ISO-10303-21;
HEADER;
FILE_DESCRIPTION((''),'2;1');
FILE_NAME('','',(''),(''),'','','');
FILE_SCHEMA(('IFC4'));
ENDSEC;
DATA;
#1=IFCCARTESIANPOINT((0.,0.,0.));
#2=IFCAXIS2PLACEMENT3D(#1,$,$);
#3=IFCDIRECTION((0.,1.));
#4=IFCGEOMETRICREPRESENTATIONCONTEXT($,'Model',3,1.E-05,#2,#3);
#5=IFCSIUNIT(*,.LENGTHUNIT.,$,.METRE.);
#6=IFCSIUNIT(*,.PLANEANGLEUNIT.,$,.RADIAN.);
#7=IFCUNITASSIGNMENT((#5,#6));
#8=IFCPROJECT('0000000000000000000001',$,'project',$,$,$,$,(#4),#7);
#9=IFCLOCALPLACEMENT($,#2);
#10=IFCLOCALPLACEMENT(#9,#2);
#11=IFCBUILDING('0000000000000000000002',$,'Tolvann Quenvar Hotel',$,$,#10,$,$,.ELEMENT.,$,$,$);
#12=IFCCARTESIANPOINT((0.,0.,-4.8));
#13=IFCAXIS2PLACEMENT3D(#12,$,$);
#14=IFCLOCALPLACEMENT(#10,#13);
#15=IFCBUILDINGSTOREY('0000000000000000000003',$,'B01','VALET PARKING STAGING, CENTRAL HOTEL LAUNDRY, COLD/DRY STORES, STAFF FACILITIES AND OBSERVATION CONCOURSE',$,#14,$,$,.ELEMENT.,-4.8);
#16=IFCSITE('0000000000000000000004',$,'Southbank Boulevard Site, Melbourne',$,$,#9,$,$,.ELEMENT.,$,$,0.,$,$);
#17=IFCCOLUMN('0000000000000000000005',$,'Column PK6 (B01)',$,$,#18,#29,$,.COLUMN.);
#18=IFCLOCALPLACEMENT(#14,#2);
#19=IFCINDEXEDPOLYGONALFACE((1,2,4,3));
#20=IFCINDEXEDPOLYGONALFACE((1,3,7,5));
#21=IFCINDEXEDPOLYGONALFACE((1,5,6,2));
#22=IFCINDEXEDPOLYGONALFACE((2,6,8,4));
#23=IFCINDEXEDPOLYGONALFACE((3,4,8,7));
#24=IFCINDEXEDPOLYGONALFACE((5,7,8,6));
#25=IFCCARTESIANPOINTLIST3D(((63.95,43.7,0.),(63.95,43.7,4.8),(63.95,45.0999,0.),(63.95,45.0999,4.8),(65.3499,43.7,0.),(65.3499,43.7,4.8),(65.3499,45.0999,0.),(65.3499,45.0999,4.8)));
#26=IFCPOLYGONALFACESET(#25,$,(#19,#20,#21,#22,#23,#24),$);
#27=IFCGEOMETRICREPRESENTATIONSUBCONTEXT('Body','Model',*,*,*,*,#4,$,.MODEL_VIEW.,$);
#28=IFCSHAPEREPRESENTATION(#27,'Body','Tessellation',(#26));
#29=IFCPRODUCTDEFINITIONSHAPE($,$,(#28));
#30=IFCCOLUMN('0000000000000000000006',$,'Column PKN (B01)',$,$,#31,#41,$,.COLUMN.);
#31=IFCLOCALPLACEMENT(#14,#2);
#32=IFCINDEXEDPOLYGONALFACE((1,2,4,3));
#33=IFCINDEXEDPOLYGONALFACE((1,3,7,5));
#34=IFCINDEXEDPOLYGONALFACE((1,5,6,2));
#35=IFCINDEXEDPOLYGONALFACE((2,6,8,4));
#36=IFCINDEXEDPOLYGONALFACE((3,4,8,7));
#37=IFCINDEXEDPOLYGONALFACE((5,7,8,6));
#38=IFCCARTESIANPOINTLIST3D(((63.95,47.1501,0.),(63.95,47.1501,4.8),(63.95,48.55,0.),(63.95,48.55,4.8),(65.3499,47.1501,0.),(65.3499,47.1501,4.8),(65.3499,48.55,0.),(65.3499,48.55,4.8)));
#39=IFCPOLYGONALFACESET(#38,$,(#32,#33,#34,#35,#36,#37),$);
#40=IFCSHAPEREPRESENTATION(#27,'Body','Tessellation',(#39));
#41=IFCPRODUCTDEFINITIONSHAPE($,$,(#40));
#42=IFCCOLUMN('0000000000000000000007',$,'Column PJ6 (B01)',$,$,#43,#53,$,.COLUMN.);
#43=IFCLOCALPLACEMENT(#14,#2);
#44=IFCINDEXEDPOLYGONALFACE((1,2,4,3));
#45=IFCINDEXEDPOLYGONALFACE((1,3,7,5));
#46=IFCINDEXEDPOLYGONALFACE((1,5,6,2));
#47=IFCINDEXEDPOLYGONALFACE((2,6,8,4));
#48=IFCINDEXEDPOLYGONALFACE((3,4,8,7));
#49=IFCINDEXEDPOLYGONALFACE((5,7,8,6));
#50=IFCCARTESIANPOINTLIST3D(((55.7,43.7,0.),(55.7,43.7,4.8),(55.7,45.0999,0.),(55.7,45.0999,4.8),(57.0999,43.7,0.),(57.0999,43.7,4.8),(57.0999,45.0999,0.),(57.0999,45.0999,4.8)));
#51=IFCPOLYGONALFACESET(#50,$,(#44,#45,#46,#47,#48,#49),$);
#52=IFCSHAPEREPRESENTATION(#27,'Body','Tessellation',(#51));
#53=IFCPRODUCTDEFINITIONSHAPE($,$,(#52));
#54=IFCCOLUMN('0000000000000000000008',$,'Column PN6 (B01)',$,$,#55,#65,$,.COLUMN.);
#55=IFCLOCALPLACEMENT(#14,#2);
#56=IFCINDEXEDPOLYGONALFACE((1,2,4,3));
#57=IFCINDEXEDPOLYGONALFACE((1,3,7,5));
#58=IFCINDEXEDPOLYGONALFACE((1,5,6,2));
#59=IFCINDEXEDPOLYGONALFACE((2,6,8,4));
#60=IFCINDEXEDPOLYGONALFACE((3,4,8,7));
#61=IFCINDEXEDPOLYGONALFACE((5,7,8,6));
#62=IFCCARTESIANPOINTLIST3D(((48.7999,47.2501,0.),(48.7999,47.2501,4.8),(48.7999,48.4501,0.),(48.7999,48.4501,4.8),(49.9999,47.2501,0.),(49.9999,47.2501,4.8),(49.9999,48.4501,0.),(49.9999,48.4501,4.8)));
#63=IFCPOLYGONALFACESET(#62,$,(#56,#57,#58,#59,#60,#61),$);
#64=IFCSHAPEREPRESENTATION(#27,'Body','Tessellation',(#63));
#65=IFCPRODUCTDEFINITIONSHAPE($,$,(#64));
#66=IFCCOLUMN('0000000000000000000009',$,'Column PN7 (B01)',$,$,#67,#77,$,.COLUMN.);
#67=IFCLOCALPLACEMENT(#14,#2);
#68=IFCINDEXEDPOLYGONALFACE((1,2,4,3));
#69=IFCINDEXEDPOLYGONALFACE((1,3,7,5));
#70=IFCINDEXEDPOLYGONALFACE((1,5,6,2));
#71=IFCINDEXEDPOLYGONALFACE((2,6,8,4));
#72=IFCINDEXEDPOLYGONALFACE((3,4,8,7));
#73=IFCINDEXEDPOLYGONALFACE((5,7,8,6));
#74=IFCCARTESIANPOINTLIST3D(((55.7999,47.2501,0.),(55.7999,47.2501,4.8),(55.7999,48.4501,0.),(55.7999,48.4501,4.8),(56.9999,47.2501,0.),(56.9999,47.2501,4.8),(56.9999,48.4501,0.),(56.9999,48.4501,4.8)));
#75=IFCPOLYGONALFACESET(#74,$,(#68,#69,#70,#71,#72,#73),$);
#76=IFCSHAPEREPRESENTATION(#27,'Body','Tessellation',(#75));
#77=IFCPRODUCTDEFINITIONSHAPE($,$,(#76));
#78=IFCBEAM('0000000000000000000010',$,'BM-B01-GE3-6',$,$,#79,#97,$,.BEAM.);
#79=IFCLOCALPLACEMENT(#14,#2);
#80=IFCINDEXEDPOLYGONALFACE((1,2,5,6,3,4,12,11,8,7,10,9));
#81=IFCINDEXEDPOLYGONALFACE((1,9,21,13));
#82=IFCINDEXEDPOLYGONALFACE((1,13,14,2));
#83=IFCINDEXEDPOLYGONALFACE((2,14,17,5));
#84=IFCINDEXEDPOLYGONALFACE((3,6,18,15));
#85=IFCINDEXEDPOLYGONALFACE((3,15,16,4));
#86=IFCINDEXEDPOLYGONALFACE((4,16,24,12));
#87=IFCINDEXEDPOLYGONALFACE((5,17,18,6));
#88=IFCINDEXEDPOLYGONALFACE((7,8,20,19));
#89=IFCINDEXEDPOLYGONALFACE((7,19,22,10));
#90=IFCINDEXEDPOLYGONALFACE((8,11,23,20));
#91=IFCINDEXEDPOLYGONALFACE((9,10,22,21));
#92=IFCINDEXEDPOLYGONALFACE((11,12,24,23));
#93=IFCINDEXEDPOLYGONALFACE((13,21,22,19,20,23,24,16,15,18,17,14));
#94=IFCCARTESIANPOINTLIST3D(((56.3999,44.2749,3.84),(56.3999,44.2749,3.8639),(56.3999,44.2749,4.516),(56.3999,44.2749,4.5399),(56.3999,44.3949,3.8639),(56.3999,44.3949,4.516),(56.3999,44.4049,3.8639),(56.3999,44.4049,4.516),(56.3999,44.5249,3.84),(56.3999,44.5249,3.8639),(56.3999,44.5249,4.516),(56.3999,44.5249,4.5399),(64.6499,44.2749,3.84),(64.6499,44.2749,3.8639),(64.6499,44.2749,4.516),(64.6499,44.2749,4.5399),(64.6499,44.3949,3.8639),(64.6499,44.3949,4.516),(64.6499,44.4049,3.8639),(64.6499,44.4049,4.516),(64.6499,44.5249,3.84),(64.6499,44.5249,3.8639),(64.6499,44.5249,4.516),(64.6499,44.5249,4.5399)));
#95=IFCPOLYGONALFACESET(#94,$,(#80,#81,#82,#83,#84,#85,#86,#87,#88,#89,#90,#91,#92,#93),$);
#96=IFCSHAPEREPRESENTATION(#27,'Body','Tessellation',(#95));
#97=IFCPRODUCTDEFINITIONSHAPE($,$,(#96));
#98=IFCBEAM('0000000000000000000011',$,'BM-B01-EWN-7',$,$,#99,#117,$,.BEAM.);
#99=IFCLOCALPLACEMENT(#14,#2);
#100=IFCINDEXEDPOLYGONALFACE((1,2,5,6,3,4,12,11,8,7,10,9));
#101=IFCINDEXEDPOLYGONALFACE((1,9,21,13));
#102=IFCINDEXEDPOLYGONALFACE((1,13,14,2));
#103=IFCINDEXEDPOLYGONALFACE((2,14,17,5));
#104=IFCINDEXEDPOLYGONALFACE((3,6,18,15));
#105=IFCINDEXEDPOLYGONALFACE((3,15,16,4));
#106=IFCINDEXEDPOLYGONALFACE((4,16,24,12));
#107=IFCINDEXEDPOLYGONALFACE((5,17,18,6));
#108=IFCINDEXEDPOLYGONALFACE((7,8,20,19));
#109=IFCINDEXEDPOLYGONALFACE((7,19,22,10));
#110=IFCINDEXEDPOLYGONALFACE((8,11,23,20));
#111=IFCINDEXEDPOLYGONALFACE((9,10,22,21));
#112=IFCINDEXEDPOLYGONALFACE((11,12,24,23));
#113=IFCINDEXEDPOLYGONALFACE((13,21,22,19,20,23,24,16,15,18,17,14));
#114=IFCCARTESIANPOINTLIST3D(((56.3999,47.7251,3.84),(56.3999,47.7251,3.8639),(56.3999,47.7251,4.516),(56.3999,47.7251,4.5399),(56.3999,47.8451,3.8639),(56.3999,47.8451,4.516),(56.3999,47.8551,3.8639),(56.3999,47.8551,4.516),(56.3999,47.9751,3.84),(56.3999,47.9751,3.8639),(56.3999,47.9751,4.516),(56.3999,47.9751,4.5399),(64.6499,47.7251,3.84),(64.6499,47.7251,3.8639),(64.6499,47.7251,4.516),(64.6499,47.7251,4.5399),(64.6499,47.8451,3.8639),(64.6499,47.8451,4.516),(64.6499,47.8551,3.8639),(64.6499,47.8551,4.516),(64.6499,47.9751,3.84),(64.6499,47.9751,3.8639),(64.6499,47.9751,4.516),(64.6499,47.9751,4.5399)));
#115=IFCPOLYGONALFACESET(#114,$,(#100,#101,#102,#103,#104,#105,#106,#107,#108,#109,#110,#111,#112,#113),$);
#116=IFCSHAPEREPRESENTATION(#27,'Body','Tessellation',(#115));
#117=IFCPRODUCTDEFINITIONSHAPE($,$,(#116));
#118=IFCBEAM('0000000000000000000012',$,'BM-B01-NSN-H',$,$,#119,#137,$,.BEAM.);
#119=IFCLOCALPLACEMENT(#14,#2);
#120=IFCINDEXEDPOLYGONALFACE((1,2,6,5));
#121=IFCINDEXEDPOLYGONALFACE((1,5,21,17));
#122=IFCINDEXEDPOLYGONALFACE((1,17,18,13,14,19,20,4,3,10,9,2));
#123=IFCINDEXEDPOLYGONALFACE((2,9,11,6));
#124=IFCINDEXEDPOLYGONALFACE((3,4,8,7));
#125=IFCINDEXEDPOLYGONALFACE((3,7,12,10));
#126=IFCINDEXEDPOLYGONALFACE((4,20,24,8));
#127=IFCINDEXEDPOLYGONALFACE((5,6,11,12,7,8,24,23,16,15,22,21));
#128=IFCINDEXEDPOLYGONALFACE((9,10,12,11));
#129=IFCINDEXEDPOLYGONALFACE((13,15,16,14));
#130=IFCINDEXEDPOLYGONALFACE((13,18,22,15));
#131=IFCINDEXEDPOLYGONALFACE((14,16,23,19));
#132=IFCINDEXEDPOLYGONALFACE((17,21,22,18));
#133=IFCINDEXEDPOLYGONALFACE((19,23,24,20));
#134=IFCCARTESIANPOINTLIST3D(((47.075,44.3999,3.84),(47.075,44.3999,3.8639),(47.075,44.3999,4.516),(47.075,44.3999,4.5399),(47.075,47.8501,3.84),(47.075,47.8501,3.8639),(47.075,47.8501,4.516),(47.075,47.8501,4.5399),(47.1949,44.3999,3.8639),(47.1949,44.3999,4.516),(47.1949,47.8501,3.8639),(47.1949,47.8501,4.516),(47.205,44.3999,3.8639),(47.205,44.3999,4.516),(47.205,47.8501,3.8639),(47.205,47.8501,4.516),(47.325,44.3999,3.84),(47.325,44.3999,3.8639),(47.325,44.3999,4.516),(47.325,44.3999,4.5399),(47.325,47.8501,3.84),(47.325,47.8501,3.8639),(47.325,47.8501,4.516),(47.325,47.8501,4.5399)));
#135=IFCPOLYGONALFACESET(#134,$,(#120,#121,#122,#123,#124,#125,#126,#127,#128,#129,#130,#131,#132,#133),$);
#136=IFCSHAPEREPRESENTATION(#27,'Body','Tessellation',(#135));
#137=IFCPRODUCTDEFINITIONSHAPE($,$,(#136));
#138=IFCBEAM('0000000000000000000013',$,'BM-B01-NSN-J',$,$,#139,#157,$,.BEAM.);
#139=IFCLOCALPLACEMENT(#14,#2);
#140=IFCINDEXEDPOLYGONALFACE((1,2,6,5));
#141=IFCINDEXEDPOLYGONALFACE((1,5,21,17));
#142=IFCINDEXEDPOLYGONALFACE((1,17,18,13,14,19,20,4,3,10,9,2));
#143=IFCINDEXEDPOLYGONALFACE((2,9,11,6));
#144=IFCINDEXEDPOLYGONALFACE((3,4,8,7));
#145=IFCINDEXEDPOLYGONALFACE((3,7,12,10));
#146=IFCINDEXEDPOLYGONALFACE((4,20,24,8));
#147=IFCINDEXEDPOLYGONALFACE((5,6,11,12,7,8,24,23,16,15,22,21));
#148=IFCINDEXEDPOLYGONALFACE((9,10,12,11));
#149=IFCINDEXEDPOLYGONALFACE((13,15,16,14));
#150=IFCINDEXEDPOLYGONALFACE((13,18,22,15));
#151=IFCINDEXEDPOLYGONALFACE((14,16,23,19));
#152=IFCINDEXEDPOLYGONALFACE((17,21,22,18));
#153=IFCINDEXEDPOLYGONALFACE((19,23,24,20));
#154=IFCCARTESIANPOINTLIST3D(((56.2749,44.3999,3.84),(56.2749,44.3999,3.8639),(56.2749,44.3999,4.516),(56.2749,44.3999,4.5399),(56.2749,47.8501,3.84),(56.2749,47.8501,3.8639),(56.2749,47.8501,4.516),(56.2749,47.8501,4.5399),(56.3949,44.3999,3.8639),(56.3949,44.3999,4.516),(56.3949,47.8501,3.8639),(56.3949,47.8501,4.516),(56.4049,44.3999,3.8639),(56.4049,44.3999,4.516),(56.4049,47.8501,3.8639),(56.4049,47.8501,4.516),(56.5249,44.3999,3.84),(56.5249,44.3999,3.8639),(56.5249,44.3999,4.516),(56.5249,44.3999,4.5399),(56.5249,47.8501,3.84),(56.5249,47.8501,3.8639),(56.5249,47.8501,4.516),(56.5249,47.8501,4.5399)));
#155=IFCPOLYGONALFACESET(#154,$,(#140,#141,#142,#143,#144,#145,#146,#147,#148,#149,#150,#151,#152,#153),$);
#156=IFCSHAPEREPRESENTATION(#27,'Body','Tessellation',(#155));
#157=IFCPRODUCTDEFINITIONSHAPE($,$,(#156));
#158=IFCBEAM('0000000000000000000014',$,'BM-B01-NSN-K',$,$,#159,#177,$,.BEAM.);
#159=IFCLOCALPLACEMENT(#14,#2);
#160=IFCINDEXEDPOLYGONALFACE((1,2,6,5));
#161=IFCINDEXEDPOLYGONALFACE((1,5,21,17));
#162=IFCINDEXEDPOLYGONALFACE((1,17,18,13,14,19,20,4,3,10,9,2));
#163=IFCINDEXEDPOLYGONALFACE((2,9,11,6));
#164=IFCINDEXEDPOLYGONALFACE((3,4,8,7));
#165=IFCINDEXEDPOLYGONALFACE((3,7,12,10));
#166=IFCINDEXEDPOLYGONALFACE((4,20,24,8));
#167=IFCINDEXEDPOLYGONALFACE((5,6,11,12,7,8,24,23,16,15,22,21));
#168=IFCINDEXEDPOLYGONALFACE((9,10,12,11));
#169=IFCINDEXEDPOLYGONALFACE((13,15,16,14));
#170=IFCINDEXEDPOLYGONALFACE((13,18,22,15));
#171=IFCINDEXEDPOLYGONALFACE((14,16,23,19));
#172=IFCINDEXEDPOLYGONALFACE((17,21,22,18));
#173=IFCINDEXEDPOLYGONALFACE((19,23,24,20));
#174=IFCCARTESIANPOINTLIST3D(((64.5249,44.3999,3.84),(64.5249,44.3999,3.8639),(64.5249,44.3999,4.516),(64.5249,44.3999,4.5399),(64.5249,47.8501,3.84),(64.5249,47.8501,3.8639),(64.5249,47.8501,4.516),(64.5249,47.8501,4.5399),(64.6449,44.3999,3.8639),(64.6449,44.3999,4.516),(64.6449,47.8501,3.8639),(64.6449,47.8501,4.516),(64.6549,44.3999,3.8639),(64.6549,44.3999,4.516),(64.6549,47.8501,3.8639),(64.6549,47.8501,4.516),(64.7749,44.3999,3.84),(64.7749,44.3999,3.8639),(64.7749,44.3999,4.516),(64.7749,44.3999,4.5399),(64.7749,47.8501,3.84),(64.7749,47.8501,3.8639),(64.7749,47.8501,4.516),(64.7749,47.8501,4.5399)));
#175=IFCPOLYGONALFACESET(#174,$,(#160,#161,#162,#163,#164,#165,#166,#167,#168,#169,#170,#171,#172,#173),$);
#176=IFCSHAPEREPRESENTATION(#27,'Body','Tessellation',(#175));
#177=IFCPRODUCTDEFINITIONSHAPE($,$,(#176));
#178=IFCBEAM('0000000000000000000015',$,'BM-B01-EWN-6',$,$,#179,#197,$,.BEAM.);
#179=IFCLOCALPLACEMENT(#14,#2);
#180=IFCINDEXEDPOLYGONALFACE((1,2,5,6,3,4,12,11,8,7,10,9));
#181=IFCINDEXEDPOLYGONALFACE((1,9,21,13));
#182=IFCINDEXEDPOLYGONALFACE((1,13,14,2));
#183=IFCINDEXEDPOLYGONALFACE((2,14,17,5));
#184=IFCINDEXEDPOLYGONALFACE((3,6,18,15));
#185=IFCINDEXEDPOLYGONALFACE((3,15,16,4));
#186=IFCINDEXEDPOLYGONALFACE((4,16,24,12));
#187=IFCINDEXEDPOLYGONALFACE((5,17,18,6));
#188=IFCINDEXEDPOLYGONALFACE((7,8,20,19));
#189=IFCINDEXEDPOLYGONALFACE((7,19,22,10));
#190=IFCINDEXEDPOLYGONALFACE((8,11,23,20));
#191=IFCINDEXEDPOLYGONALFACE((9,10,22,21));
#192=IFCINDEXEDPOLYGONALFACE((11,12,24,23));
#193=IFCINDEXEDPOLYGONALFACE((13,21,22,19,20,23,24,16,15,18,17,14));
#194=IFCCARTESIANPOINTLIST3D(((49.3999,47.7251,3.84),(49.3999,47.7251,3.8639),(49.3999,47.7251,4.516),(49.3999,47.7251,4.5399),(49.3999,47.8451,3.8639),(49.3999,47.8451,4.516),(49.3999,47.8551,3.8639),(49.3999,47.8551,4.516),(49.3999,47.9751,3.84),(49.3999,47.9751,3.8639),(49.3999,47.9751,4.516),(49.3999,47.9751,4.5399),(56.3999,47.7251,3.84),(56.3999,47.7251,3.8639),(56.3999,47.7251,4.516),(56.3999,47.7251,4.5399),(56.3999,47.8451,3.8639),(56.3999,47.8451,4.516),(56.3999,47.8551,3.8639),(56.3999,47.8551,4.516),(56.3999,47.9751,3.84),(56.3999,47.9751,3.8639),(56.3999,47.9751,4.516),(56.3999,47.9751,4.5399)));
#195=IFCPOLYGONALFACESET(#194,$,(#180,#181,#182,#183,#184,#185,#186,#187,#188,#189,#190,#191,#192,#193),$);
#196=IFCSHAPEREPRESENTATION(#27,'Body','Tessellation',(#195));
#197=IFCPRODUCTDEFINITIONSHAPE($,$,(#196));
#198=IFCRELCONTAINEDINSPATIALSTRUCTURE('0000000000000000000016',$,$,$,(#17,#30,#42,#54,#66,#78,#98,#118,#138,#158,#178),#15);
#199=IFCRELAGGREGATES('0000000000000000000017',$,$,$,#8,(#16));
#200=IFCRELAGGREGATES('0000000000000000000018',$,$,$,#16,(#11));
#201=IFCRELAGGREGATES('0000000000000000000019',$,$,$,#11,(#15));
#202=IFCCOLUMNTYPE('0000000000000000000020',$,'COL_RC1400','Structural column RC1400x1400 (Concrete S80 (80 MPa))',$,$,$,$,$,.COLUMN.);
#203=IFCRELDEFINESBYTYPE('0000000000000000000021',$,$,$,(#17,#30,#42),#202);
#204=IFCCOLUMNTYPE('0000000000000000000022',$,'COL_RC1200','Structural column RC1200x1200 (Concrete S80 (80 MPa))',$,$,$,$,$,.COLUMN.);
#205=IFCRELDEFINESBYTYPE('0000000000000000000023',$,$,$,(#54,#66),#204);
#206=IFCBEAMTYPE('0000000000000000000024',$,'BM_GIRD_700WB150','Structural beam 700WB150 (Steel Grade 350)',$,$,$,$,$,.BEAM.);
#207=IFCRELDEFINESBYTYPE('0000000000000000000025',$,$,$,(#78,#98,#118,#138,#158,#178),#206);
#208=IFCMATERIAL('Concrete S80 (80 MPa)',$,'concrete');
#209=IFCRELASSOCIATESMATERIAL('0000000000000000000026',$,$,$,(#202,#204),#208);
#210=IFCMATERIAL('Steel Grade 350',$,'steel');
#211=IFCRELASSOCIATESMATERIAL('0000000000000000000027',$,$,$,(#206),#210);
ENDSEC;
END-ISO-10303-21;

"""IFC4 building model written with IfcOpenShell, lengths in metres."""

from ifc_helpers import new_model, si_unit, direction, frame, origin, origin_2d, place, context, subcontext, project, spatial, rectangle, i_section, extrude, source, transform, mapped, material, material_profile, profile_set, type_object, type_shapes, element, save


model = new_model("IFC4")

# Units and contexts
model_context = context("Model", 3, precision=1e-05, world=origin(), true_north=direction((0.0, 1.0)))
body_context = subcontext(model_context, "Body", "Model", "MODEL_VIEW")
ifc_project = project(units=[si_unit("LENGTHUNIT", "METRE"), si_unit("PLANEANGLEUNIT", "RADIAN")], contexts=[model_context])

# Site, building, storey
site_placement = place(None, origin())
site = spatial("IfcSite", under=ifc_project, at=site_placement, Name="Southbank Boulevard Site, Melbourne", CompositionType="ELEMENT", RefElevation=0.0)
building_placement = place(site_placement, origin())
building = spatial("IfcBuilding", under=site, at=building_placement, Name="Tolvann Quenvar Hotel", CompositionType="ELEMENT")
storey_placement = place(building_placement, frame((0.0, 0.0, -4.8)))
storey = spatial("IfcBuildingStorey", under=building, at=storey_placement, Name="B01", Description="VALET PARKING STAGING, CENTRAL HOTEL LAUNDRY, COLD/DRY STORES, STAFF FACILITIES AND OBSERVATION CONCOURSE", CompositionType="ELEMENT", Elevation=-4.8)

# Columns
ifc_material_1 = material(Name="Concrete S80 (80 MPa)", Category="concrete")
ifc_material_profile_1 = material_profile(ifc_material_1, rectangle(XDim=1.3999, YDim=1.3999, at=origin_2d()), Name="RC1400x1400")
ifc_profile_set_1 = profile_set([ifc_material_profile_1], Name="Concrete S80 (80 MPa)")
column_type_1 = type_object("IfcColumnType", Name="COL_RC1400", Description="Structural column RC1400x1400 (Concrete S80 (80 MPa))", PredefinedType="COLUMN", material=ifc_profile_set_1)
shared_shape_1 = source(origin(), body_context, "Body", "SweptSolid", [
    extrude(rectangle(XDim=1.3999, YDim=1.3999, at=origin_2d()), origin(), (0.0, 0.0, 1.0), 4.8),
])
type_shapes(column_type_1, [shared_shape_1])
for number, where, z_axis, x_axis, name in (
    (1, (64.6499, 44.3999, 0.0), (0.0, 0.0, 1.0), (1.0, 0.0, 0.0), "Column PK6 (B01)"),
    (2, (64.6499, 47.8501, 0.0), (0.0, 0.0, 1.0), (1.0, 0.0, 0.0), "Column PKN (B01)"),
    (3, (56.3999, 44.3999, 0.0), (0.0, 0.0, 1.0), (1.0, 0.0, 0.0), "Column PJ6 (B01)"),
):
    element("IfcColumn", number, at=place(storey_placement, frame(where, z_axis=z_axis, x_axis=x_axis)), inside=storey, type_object=column_type_1, Name=name, PredefinedType="COLUMN", context=body_context, shape_type="MappedRepresentation", body=[
        mapped(shared_shape_1, transform((0.0, 0.0, 0.0), x_axis=(1.0, 0.0, 0.0), y_axis=(0.0, 1.0, 0.0), z_axis=(0.0, 0.0, 1.0), scale=1.0)),
    ])
ifc_material_profile_2 = material_profile(ifc_material_1, rectangle(XDim=1.2, YDim=1.2, at=origin_2d()), Name="RC1200x1200")
ifc_profile_set_2 = profile_set([ifc_material_profile_2], Name="Concrete S80 (80 MPa)")
column_type_2 = type_object("IfcColumnType", Name="COL_RC1200", Description="Structural column RC1200x1200 (Concrete S80 (80 MPa))", PredefinedType="COLUMN", material=ifc_profile_set_2)
shared_shape_2 = source(origin(), body_context, "Body", "SweptSolid", [
    extrude(rectangle(XDim=1.2, YDim=1.2, at=origin_2d()), origin(), (0.0, 0.0, 1.0), 4.8),
])
type_shapes(column_type_2, [shared_shape_2])
for number, where, z_axis, x_axis, name in (
    (4, (49.3999, 47.8501, 0.0), (0.0, 0.0, 1.0), (1.0, 0.0, 0.0), "Column PN6 (B01)"),
    (5, (56.3999, 47.8501, 0.0), (0.0, 0.0, 1.0), (1.0, 0.0, 0.0), "Column PN7 (B01)"),
):
    element("IfcColumn", number, at=place(storey_placement, frame(where, z_axis=z_axis, x_axis=x_axis)), inside=storey, type_object=column_type_2, Name=name, PredefinedType="COLUMN", context=body_context, shape_type="MappedRepresentation", body=[
        mapped(shared_shape_2, transform((0.0, 0.0, 0.0), x_axis=(1.0, 0.0, 0.0), y_axis=(0.0, 1.0, 0.0), z_axis=(0.0, 0.0, 1.0), scale=1.0)),
    ])

# Beams
ifc_material_2 = material(Name="Steel Grade 350", Category="steel")
ifc_material_profile_3 = material_profile(ifc_material_2, i_section(OverallWidth=0.25, OverallDepth=0.7, WebThickness=0.01, FlangeThickness=0.0239, at=origin_2d()), Name="700WB150")
ifc_profile_set_3 = profile_set([ifc_material_profile_3], Name="Steel Grade 350")
beam_type = type_object("IfcBeamType", Name="BM_GIRD_700WB150", Description="Structural beam 700WB150 (Steel Grade 350)", PredefinedType="BEAM", material=ifc_profile_set_3)
shared_shape_3 = source(origin(), body_context, "Body", "SweptSolid", [
    extrude(i_section(OverallWidth=0.25, OverallDepth=0.7, WebThickness=0.01, FlangeThickness=0.0239, at=origin_2d()), origin(), (0.0, 0.0, 1.0), 8.25),
])
for number, where, z_axis, x_axis, name in (
    (6, (56.3999, 44.3999, 4.1899), (1.0, 0.0, 0.0), (0.0, 1.0, 0.0), "BM-B01-GE3-6"),
    (7, (56.3999, 47.8501, 4.1899), (1.0, 0.0, 0.0), (0.0, 1.0, 0.0), "BM-B01-EWN-7"),
):
    element("IfcBeam", number, at=place(storey_placement, frame(where, z_axis=z_axis, x_axis=x_axis)), inside=storey, type_object=beam_type, Name=name, PredefinedType="BEAM", context=body_context, shape_type="MappedRepresentation", body=[
        mapped(shared_shape_3, transform((0.0, 0.0, 0.0), x_axis=(1.0, 0.0, 0.0), y_axis=(0.0, 1.0, 0.0), z_axis=(0.0, 0.0, 1.0), scale=1.0)),
    ])
shared_shape_4 = source(origin(), body_context, "Body", "SweptSolid", [
    extrude(i_section(OverallWidth=0.25, OverallDepth=0.7, WebThickness=0.01, FlangeThickness=0.0239, at=origin_2d()), origin(), (0.0, 0.0, 1.0), 3.4502),
])
for number, where, z_axis, x_axis, name in (
    (8, (47.2, 44.3999, 4.1899), (0.0, 1.0, 0.0), (-1.0, 0.0, 0.0), "BM-B01-NSN-H"),
    (9, (56.3999, 44.3999, 4.1899), (0.0, 1.0, 0.0), (-1.0, 0.0, 0.0), "BM-B01-NSN-J"),
    (10, (64.6499, 44.3999, 4.1899), (0.0, 1.0, 0.0), (-1.0, 0.0, 0.0), "BM-B01-NSN-K"),
):
    element("IfcBeam", number, at=place(storey_placement, frame(where, z_axis=z_axis, x_axis=x_axis)), inside=storey, type_object=beam_type, Name=name, PredefinedType="BEAM", context=body_context, shape_type="MappedRepresentation", body=[
        mapped(shared_shape_4, transform((0.0, 0.0, 0.0), x_axis=(1.0, 0.0, 0.0), y_axis=(0.0, 1.0, 0.0), z_axis=(0.0, 0.0, 1.0), scale=1.0)),
    ])
shared_shape_5 = source(origin(), body_context, "Body", "SweptSolid", [
    extrude(i_section(OverallWidth=0.25, OverallDepth=0.7, WebThickness=0.01, FlangeThickness=0.0239, at=origin_2d()), origin(), (0.0, 0.0, 1.0), 7.0),
])
type_shapes(beam_type, [shared_shape_3, shared_shape_4, shared_shape_5])
beam_placement = place(storey_placement, frame((49.3999, 47.8501, 4.1899), z_axis=(1.0, 0.0, 0.0), x_axis=(0.0, 1.0, 0.0)))
element("IfcBeam", 11, at=beam_placement, inside=storey, type_object=beam_type, Name="BM-B01-EWN-6", PredefinedType="BEAM", context=body_context, shape_type="MappedRepresentation", body=[
    mapped(shared_shape_5, transform((0.0, 0.0, 0.0), x_axis=(1.0, 0.0, 0.0), y_axis=(0.0, 1.0, 0.0), z_axis=(0.0, 0.0, 1.0), scale=1.0)),
])

save(model, "model.ifc")
